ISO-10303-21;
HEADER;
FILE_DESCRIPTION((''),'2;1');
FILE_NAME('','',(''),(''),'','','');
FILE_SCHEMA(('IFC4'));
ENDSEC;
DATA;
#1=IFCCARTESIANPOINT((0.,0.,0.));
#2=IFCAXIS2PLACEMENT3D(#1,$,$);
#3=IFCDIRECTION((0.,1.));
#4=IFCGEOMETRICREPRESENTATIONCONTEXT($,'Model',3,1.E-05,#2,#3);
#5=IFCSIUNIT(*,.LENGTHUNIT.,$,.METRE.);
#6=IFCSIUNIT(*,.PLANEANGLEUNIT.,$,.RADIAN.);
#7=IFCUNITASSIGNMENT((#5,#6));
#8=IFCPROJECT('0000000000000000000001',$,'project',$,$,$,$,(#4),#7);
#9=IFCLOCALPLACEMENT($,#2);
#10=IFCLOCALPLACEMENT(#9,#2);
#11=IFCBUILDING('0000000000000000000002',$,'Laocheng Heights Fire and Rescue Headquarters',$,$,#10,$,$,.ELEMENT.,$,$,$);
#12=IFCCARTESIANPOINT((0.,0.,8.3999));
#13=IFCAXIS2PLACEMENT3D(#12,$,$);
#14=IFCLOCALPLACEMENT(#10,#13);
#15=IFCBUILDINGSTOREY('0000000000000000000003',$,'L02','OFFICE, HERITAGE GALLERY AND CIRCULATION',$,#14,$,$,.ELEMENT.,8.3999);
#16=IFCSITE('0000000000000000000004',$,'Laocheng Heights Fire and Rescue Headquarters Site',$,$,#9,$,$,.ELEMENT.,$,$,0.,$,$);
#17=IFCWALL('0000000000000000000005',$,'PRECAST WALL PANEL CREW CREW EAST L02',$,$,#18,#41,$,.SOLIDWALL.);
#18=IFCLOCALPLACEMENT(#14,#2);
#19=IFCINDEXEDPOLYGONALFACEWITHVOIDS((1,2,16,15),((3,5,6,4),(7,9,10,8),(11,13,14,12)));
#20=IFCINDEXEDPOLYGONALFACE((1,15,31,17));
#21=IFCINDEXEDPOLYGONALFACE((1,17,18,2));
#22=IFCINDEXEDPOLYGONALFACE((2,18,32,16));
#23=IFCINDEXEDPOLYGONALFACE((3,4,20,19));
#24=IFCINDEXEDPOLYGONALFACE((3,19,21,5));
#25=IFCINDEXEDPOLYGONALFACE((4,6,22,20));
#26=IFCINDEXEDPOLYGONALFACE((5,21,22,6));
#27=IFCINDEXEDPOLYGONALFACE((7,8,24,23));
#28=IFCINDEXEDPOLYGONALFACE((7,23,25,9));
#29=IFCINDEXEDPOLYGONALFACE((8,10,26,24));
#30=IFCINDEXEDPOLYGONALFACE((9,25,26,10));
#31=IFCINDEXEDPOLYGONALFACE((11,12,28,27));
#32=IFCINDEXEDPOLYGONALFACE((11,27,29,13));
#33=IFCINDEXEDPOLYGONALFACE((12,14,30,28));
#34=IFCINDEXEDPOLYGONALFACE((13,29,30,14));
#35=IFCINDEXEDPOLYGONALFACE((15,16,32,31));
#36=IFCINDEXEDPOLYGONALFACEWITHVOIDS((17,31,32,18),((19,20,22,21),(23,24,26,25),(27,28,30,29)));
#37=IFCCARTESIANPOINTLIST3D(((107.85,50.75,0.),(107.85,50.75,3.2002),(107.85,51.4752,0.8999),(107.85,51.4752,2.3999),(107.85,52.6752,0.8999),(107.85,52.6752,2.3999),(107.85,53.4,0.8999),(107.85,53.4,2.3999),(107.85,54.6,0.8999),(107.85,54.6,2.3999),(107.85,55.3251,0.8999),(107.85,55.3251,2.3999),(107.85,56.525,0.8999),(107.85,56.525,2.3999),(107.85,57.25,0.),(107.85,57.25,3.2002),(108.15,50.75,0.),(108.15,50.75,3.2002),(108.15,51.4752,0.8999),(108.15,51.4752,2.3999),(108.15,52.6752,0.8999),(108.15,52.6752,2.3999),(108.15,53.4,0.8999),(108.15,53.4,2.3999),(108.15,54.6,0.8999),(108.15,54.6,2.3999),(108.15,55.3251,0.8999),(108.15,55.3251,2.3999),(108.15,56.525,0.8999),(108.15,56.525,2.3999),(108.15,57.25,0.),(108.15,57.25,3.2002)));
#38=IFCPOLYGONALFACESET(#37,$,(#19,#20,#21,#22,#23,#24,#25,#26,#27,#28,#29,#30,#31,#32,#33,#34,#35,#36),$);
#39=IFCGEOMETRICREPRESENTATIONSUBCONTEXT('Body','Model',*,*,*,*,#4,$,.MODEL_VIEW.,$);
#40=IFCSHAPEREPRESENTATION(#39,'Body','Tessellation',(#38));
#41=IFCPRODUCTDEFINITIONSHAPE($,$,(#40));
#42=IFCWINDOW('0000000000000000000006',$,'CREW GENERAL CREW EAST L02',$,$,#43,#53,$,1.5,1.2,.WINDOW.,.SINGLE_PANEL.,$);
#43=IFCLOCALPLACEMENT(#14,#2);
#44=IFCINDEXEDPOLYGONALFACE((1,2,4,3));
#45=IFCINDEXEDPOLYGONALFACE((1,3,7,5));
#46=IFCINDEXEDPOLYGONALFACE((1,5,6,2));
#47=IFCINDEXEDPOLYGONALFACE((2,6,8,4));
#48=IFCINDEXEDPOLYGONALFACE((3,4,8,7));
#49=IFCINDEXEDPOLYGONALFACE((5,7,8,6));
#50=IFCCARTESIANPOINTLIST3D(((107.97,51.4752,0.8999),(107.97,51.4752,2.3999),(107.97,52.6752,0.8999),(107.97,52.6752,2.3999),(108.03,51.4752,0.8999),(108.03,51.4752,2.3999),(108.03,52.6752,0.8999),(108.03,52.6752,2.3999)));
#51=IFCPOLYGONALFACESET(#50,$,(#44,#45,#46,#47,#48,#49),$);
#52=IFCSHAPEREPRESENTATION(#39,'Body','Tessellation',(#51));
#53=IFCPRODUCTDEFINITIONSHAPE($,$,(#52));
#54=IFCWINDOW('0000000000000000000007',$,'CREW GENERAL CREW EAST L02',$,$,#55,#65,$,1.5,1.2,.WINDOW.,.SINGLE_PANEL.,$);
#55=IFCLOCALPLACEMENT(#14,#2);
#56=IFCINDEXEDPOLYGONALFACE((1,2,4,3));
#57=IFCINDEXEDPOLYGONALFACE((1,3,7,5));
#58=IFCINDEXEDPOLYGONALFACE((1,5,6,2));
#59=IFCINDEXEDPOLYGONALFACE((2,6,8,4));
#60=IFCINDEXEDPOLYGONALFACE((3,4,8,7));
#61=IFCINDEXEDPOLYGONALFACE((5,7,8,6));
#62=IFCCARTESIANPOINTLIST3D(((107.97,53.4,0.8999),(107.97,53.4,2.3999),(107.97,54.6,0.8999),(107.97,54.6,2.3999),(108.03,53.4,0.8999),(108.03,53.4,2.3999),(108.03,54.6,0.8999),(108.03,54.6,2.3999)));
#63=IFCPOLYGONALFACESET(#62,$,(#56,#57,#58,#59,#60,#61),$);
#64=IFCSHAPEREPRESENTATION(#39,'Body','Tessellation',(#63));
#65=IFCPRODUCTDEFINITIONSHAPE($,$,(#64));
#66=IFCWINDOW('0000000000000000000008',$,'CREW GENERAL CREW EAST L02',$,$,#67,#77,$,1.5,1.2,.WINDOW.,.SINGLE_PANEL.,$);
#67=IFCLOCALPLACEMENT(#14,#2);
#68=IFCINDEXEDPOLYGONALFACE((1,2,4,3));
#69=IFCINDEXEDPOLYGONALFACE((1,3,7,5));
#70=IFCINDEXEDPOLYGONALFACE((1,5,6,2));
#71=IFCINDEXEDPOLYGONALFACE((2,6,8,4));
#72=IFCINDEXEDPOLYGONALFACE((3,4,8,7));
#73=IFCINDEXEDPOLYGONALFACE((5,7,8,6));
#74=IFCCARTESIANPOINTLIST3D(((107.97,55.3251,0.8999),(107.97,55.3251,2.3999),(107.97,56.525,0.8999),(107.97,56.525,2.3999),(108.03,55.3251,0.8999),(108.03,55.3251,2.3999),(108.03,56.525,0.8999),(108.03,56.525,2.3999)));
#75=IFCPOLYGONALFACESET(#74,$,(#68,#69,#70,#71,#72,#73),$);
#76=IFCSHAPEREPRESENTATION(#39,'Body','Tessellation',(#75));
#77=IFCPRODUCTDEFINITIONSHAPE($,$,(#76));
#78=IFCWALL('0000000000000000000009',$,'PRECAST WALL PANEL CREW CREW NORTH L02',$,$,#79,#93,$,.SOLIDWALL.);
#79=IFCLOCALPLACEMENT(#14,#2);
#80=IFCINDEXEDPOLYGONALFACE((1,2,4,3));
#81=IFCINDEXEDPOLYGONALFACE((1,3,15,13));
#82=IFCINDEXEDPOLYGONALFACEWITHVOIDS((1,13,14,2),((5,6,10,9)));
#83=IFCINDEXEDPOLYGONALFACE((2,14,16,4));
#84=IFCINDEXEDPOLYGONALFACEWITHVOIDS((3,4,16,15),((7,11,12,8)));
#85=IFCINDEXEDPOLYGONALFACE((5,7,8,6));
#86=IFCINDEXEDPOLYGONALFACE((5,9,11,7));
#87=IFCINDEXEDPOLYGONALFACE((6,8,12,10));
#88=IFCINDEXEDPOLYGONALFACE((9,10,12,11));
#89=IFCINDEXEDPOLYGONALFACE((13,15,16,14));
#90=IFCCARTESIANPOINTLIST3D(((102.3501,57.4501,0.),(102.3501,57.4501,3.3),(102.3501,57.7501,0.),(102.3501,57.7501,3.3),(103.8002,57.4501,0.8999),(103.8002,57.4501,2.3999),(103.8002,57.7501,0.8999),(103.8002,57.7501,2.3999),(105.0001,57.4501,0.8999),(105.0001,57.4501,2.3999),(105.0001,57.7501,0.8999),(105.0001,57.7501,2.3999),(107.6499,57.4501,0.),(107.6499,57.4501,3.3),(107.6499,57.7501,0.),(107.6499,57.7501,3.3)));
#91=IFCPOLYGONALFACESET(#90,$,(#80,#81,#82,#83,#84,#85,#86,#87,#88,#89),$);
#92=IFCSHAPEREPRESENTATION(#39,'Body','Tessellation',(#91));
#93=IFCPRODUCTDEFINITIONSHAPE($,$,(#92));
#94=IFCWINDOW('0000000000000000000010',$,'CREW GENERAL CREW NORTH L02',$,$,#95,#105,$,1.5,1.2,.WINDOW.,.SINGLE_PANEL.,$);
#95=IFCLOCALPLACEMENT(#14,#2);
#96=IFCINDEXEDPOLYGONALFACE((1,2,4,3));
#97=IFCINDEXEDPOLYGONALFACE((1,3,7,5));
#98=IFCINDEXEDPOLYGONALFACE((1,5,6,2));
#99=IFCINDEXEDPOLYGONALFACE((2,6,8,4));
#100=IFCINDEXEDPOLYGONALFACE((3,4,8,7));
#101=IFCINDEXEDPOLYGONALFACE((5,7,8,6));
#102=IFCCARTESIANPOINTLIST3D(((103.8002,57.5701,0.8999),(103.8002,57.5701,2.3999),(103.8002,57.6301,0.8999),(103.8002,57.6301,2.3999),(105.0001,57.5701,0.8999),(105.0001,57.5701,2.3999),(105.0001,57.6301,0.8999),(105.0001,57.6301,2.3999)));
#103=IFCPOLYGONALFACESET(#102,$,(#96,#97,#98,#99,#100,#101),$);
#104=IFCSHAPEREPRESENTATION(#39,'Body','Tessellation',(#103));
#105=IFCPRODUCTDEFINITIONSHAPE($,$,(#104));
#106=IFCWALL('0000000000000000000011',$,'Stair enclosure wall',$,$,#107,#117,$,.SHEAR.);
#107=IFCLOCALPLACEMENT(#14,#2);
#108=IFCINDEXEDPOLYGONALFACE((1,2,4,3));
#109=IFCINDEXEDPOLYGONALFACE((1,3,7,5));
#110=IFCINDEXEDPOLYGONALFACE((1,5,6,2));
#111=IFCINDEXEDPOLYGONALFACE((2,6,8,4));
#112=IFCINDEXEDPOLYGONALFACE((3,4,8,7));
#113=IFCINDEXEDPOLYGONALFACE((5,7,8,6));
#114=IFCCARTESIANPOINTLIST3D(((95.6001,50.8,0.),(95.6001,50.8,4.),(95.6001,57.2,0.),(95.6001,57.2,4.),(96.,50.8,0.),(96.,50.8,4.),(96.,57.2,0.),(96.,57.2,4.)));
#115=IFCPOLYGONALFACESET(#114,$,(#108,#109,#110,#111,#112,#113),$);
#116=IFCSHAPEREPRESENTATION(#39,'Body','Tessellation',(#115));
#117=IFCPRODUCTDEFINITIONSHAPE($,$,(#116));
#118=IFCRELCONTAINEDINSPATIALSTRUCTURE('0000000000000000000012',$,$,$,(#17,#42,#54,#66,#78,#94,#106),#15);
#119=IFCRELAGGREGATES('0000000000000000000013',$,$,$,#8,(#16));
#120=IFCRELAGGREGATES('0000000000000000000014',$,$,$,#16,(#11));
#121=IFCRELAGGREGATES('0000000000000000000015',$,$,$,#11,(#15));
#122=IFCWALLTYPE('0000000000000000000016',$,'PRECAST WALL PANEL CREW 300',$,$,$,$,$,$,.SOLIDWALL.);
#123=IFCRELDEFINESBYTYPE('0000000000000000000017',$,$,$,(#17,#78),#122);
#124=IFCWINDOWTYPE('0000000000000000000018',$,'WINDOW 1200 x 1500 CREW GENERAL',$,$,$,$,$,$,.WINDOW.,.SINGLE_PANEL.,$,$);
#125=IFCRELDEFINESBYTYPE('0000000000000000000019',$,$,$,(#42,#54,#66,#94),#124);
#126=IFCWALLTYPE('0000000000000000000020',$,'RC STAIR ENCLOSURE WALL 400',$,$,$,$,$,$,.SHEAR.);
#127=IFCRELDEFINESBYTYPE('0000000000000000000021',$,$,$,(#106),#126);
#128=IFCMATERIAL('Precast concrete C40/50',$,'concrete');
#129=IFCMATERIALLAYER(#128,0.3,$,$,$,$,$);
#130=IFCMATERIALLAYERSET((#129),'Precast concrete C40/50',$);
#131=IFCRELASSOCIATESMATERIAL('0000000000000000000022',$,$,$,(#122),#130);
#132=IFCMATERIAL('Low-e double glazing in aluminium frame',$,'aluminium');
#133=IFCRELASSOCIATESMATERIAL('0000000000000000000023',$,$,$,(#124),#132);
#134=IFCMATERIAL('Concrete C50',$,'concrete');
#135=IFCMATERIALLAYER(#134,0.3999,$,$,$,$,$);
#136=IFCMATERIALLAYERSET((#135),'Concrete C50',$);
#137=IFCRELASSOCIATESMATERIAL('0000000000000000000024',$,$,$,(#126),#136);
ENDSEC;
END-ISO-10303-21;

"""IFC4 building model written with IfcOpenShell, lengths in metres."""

from ifc_helpers import new_model, si_unit, direction, frame, frame_2d, origin, place, context, subcontext, project, spatial, rectangle, extrude, material, layer, layer_set, type_object, element, fill, save


model = new_model("IFC4")

# Units and contexts
model_context = context("Model", 3, precision=1e-05, world=origin(), true_north=direction((0.0, 1.0)))
body_context = subcontext(model_context, "Body", "Model", "MODEL_VIEW")
ifc_project = project(units=[si_unit("LENGTHUNIT", "METRE"), si_unit("PLANEANGLEUNIT", "RADIAN")], contexts=[model_context])

# Site, building, storey
site_placement = place(None, origin())
site = spatial("IfcSite", under=ifc_project, at=site_placement, Name="Laocheng Heights Fire and Rescue Headquarters Site", CompositionType="ELEMENT", RefElevation=0.0)
building_placement = place(site_placement, origin())
building = spatial("IfcBuilding", under=site, at=building_placement, Name="Laocheng Heights Fire and Rescue Headquarters", CompositionType="ELEMENT")
storey_placement = place(building_placement, frame((0.0, 0.0, 8.3999)))
storey = spatial("IfcBuildingStorey", under=building, at=storey_placement, Name="L02", Description="OFFICE, HERITAGE GALLERY AND CIRCULATION", CompositionType="ELEMENT", Elevation=8.3999)

# Wall, openings, windows
ifc_material_1 = material(Name="Precast concrete C40/50", Category="concrete")
ifc_layer_1 = layer(ifc_material_1, 0.3)
ifc_layer_set_1 = layer_set([ifc_layer_1], Name="Precast concrete C40/50")
wall_type_1 = type_object("IfcWallType", Name="PRECAST WALL PANEL CREW 300", PredefinedType="SOLIDWALL", material=ifc_layer_set_1)
wall_1_placement = place(storey_placement, frame((108.0, 50.75, 0.0), z_axis=(0.0, 0.0, 1.0), x_axis=(0.0, 1.0, 0.0)))
wall_1 = element("IfcWall", 1, at=wall_1_placement, inside=storey, type_object=wall_type_1, Name="PRECAST WALL PANEL CREW CREW EAST L02", PredefinedType="SOLIDWALL", context=body_context, shape_type="SweptSolid", body=[
    extrude(rectangle(XDim=6.5, YDim=0.3, at=frame_2d((3.25, 0.0))), origin(), (0.0, 0.0, 1.0), 3.2002),
])
opening_1_placement = place(wall_1_placement, frame((0.7251, 0.0, 0.8999)))
opening_1 = element("IfcOpeningElement", 2, at=opening_1_placement, cuts=wall_1, PredefinedType="OPENING", context=body_context, shape_type="SweptSolid", body=[
    extrude(rectangle(XDim=1.2, YDim=1.5, at=frame_2d((0.6001, 0.75))), frame((0.0, 0.1599, 0.0), z_axis=(0.0, -1.0, 0.0), x_axis=(1.0, 0.0, 0.0)), (0.0, 0.0, 1.0), 0.3201),
])
opening_2_placement = place(wall_1_placement, frame((2.6499, 0.0, 0.8999)))
opening_2 = element("IfcOpeningElement", 3, at=opening_2_placement, cuts=wall_1, PredefinedType="OPENING", context=body_context, shape_type="SweptSolid", body=[
    extrude(rectangle(XDim=1.2, YDim=1.5, at=frame_2d((0.6001, 0.75))), frame((0.0, 0.1599, 0.0), z_axis=(0.0, -1.0, 0.0), x_axis=(1.0, 0.0, 0.0)), (0.0, 0.0, 1.0), 0.3201),
])
opening_3_placement = place(wall_1_placement, frame((4.575, 0.0, 0.8999)))
opening_3 = element("IfcOpeningElement", 4, at=opening_3_placement, cuts=wall_1, PredefinedType="OPENING", context=body_context, shape_type="SweptSolid", body=[
    extrude(rectangle(XDim=1.2, YDim=1.5, at=frame_2d((0.6001, 0.75))), frame((0.0, 0.1599, 0.0), z_axis=(0.0, -1.0, 0.0), x_axis=(1.0, 0.0, 0.0)), (0.0, 0.0, 1.0), 0.3201),
])
ifc_material_2 = material(Name="Low-e double glazing in aluminium frame", Category="aluminium")
window_type = type_object("IfcWindowType", Name="WINDOW 1200 x 1500 CREW GENERAL", PartitioningType="SINGLE_PANEL", PredefinedType="WINDOW", material=ifc_material_2)
window_1_placement = place(opening_1_placement, origin())
window_1 = element("IfcWindow", 5, at=window_1_placement, inside=storey, type_object=window_type, Name="CREW GENERAL CREW EAST L02", OverallHeight=1.5, OverallWidth=1.2, PartitioningType="SINGLE_PANEL", PredefinedType="WINDOW", context=body_context, shape_type="SweptSolid", body=[
    extrude(rectangle(XDim=1.2, YDim=1.5, at=frame_2d((0.6001, 0.75))), frame((0.0, 0.03, 0.0), z_axis=(0.0, -1.0, 0.0), x_axis=(1.0, 0.0, 0.0)), (0.0, 0.0, 1.0), 0.0601),
])
fill(opening_1, window_1)
window_2_placement = place(opening_2_placement, origin())
window_2 = element("IfcWindow", 6, at=window_2_placement, inside=storey, type_object=window_type, Name="CREW GENERAL CREW EAST L02", OverallHeight=1.5, OverallWidth=1.2, PartitioningType="SINGLE_PANEL", PredefinedType="WINDOW", context=body_context, shape_type="SweptSolid", body=[
    extrude(rectangle(XDim=1.2, YDim=1.5, at=frame_2d((0.6001, 0.75))), frame((0.0, 0.03, 0.0), z_axis=(0.0, -1.0, 0.0), x_axis=(1.0, 0.0, 0.0)), (0.0, 0.0, 1.0), 0.0601),
])
fill(opening_2, window_2)
window_3_placement = place(opening_3_placement, origin())
window_3 = element("IfcWindow", 7, at=window_3_placement, inside=storey, type_object=window_type, Name="CREW GENERAL CREW EAST L02", OverallHeight=1.5, OverallWidth=1.2, PartitioningType="SINGLE_PANEL", PredefinedType="WINDOW", context=body_context, shape_type="SweptSolid", body=[
    extrude(rectangle(XDim=1.2, YDim=1.5, at=frame_2d((0.6001, 0.75))), frame((0.0, 0.03, 0.0), z_axis=(0.0, -1.0, 0.0), x_axis=(1.0, 0.0, 0.0)), (0.0, 0.0, 1.0), 0.0601),
])
fill(opening_3, window_3)

# Wall, opening, window
wall_2_placement = place(storey_placement, frame((102.3501, 57.6001, 0.0), z_axis=(0.0, 0.0, 1.0), x_axis=(1.0, 0.0, 0.0)))
wall_2 = element("IfcWall", 8, at=wall_2_placement, inside=storey, type_object=wall_type_1, Name="PRECAST WALL PANEL CREW CREW NORTH L02", PredefinedType="SOLIDWALL", context=body_context, shape_type="SweptSolid", body=[
    extrude(rectangle(XDim=5.2998, YDim=0.3, at=frame_2d((2.6499, 0.0))), origin(), (0.0, 0.0, 1.0), 3.3),
])
opening_4_placement = place(wall_2_placement, frame((1.45, 0.0, 0.8999)))
opening_4 = element("IfcOpeningElement", 9, at=opening_4_placement, cuts=wall_2, PredefinedType="OPENING", context=body_context, shape_type="SweptSolid", body=[
    extrude(rectangle(XDim=1.2, YDim=1.5, at=frame_2d((0.6001, 0.75))), frame((0.0, 0.1599, 0.0), z_axis=(0.0, -1.0, 0.0), x_axis=(1.0, 0.0, 0.0)), (0.0, 0.0, 1.0), 0.3201),
])
window_4_placement = place(opening_4_placement, origin())
window_4 = element("IfcWindow", 10, at=window_4_placement, inside=storey, type_object=window_type, Name="CREW GENERAL CREW NORTH L02", OverallHeight=1.5, OverallWidth=1.2, PartitioningType="SINGLE_PANEL", PredefinedType="WINDOW", context=body_context, shape_type="SweptSolid", body=[
    extrude(rectangle(XDim=1.2, YDim=1.5, at=frame_2d((0.6001, 0.75))), frame((0.0, 0.03, 0.0), z_axis=(0.0, -1.0, 0.0), x_axis=(1.0, 0.0, 0.0)), (0.0, 0.0, 1.0), 0.0601),
])
fill(opening_4, window_4)

# Wall
ifc_material_3 = material(Name="Concrete C50", Category="concrete")
ifc_layer_2 = layer(ifc_material_3, 0.3999)
ifc_layer_set_2 = layer_set([ifc_layer_2], Name="Concrete C50")
wall_type_2 = type_object("IfcWallType", Name="RC STAIR ENCLOSURE WALL 400", PredefinedType="SHEAR", material=ifc_layer_set_2)
wall_3_placement = place(storey_placement, frame((95.8, 50.8, 0.0), z_axis=(0.0, 0.0, 1.0), x_axis=(0.0, 1.0, 0.0)))
element("IfcWall", 11, at=wall_3_placement, inside=storey, type_object=wall_type_2, Name="Stair enclosure wall", PredefinedType="SHEAR", context=body_context, shape_type="SweptSolid", body=[
    extrude(rectangle(XDim=6.3999, YDim=0.3999, at=frame_2d((3.2, 0.0))), origin(), (0.0, 0.0, 1.0), 4.0),
])

save(model, "model.ifc")
